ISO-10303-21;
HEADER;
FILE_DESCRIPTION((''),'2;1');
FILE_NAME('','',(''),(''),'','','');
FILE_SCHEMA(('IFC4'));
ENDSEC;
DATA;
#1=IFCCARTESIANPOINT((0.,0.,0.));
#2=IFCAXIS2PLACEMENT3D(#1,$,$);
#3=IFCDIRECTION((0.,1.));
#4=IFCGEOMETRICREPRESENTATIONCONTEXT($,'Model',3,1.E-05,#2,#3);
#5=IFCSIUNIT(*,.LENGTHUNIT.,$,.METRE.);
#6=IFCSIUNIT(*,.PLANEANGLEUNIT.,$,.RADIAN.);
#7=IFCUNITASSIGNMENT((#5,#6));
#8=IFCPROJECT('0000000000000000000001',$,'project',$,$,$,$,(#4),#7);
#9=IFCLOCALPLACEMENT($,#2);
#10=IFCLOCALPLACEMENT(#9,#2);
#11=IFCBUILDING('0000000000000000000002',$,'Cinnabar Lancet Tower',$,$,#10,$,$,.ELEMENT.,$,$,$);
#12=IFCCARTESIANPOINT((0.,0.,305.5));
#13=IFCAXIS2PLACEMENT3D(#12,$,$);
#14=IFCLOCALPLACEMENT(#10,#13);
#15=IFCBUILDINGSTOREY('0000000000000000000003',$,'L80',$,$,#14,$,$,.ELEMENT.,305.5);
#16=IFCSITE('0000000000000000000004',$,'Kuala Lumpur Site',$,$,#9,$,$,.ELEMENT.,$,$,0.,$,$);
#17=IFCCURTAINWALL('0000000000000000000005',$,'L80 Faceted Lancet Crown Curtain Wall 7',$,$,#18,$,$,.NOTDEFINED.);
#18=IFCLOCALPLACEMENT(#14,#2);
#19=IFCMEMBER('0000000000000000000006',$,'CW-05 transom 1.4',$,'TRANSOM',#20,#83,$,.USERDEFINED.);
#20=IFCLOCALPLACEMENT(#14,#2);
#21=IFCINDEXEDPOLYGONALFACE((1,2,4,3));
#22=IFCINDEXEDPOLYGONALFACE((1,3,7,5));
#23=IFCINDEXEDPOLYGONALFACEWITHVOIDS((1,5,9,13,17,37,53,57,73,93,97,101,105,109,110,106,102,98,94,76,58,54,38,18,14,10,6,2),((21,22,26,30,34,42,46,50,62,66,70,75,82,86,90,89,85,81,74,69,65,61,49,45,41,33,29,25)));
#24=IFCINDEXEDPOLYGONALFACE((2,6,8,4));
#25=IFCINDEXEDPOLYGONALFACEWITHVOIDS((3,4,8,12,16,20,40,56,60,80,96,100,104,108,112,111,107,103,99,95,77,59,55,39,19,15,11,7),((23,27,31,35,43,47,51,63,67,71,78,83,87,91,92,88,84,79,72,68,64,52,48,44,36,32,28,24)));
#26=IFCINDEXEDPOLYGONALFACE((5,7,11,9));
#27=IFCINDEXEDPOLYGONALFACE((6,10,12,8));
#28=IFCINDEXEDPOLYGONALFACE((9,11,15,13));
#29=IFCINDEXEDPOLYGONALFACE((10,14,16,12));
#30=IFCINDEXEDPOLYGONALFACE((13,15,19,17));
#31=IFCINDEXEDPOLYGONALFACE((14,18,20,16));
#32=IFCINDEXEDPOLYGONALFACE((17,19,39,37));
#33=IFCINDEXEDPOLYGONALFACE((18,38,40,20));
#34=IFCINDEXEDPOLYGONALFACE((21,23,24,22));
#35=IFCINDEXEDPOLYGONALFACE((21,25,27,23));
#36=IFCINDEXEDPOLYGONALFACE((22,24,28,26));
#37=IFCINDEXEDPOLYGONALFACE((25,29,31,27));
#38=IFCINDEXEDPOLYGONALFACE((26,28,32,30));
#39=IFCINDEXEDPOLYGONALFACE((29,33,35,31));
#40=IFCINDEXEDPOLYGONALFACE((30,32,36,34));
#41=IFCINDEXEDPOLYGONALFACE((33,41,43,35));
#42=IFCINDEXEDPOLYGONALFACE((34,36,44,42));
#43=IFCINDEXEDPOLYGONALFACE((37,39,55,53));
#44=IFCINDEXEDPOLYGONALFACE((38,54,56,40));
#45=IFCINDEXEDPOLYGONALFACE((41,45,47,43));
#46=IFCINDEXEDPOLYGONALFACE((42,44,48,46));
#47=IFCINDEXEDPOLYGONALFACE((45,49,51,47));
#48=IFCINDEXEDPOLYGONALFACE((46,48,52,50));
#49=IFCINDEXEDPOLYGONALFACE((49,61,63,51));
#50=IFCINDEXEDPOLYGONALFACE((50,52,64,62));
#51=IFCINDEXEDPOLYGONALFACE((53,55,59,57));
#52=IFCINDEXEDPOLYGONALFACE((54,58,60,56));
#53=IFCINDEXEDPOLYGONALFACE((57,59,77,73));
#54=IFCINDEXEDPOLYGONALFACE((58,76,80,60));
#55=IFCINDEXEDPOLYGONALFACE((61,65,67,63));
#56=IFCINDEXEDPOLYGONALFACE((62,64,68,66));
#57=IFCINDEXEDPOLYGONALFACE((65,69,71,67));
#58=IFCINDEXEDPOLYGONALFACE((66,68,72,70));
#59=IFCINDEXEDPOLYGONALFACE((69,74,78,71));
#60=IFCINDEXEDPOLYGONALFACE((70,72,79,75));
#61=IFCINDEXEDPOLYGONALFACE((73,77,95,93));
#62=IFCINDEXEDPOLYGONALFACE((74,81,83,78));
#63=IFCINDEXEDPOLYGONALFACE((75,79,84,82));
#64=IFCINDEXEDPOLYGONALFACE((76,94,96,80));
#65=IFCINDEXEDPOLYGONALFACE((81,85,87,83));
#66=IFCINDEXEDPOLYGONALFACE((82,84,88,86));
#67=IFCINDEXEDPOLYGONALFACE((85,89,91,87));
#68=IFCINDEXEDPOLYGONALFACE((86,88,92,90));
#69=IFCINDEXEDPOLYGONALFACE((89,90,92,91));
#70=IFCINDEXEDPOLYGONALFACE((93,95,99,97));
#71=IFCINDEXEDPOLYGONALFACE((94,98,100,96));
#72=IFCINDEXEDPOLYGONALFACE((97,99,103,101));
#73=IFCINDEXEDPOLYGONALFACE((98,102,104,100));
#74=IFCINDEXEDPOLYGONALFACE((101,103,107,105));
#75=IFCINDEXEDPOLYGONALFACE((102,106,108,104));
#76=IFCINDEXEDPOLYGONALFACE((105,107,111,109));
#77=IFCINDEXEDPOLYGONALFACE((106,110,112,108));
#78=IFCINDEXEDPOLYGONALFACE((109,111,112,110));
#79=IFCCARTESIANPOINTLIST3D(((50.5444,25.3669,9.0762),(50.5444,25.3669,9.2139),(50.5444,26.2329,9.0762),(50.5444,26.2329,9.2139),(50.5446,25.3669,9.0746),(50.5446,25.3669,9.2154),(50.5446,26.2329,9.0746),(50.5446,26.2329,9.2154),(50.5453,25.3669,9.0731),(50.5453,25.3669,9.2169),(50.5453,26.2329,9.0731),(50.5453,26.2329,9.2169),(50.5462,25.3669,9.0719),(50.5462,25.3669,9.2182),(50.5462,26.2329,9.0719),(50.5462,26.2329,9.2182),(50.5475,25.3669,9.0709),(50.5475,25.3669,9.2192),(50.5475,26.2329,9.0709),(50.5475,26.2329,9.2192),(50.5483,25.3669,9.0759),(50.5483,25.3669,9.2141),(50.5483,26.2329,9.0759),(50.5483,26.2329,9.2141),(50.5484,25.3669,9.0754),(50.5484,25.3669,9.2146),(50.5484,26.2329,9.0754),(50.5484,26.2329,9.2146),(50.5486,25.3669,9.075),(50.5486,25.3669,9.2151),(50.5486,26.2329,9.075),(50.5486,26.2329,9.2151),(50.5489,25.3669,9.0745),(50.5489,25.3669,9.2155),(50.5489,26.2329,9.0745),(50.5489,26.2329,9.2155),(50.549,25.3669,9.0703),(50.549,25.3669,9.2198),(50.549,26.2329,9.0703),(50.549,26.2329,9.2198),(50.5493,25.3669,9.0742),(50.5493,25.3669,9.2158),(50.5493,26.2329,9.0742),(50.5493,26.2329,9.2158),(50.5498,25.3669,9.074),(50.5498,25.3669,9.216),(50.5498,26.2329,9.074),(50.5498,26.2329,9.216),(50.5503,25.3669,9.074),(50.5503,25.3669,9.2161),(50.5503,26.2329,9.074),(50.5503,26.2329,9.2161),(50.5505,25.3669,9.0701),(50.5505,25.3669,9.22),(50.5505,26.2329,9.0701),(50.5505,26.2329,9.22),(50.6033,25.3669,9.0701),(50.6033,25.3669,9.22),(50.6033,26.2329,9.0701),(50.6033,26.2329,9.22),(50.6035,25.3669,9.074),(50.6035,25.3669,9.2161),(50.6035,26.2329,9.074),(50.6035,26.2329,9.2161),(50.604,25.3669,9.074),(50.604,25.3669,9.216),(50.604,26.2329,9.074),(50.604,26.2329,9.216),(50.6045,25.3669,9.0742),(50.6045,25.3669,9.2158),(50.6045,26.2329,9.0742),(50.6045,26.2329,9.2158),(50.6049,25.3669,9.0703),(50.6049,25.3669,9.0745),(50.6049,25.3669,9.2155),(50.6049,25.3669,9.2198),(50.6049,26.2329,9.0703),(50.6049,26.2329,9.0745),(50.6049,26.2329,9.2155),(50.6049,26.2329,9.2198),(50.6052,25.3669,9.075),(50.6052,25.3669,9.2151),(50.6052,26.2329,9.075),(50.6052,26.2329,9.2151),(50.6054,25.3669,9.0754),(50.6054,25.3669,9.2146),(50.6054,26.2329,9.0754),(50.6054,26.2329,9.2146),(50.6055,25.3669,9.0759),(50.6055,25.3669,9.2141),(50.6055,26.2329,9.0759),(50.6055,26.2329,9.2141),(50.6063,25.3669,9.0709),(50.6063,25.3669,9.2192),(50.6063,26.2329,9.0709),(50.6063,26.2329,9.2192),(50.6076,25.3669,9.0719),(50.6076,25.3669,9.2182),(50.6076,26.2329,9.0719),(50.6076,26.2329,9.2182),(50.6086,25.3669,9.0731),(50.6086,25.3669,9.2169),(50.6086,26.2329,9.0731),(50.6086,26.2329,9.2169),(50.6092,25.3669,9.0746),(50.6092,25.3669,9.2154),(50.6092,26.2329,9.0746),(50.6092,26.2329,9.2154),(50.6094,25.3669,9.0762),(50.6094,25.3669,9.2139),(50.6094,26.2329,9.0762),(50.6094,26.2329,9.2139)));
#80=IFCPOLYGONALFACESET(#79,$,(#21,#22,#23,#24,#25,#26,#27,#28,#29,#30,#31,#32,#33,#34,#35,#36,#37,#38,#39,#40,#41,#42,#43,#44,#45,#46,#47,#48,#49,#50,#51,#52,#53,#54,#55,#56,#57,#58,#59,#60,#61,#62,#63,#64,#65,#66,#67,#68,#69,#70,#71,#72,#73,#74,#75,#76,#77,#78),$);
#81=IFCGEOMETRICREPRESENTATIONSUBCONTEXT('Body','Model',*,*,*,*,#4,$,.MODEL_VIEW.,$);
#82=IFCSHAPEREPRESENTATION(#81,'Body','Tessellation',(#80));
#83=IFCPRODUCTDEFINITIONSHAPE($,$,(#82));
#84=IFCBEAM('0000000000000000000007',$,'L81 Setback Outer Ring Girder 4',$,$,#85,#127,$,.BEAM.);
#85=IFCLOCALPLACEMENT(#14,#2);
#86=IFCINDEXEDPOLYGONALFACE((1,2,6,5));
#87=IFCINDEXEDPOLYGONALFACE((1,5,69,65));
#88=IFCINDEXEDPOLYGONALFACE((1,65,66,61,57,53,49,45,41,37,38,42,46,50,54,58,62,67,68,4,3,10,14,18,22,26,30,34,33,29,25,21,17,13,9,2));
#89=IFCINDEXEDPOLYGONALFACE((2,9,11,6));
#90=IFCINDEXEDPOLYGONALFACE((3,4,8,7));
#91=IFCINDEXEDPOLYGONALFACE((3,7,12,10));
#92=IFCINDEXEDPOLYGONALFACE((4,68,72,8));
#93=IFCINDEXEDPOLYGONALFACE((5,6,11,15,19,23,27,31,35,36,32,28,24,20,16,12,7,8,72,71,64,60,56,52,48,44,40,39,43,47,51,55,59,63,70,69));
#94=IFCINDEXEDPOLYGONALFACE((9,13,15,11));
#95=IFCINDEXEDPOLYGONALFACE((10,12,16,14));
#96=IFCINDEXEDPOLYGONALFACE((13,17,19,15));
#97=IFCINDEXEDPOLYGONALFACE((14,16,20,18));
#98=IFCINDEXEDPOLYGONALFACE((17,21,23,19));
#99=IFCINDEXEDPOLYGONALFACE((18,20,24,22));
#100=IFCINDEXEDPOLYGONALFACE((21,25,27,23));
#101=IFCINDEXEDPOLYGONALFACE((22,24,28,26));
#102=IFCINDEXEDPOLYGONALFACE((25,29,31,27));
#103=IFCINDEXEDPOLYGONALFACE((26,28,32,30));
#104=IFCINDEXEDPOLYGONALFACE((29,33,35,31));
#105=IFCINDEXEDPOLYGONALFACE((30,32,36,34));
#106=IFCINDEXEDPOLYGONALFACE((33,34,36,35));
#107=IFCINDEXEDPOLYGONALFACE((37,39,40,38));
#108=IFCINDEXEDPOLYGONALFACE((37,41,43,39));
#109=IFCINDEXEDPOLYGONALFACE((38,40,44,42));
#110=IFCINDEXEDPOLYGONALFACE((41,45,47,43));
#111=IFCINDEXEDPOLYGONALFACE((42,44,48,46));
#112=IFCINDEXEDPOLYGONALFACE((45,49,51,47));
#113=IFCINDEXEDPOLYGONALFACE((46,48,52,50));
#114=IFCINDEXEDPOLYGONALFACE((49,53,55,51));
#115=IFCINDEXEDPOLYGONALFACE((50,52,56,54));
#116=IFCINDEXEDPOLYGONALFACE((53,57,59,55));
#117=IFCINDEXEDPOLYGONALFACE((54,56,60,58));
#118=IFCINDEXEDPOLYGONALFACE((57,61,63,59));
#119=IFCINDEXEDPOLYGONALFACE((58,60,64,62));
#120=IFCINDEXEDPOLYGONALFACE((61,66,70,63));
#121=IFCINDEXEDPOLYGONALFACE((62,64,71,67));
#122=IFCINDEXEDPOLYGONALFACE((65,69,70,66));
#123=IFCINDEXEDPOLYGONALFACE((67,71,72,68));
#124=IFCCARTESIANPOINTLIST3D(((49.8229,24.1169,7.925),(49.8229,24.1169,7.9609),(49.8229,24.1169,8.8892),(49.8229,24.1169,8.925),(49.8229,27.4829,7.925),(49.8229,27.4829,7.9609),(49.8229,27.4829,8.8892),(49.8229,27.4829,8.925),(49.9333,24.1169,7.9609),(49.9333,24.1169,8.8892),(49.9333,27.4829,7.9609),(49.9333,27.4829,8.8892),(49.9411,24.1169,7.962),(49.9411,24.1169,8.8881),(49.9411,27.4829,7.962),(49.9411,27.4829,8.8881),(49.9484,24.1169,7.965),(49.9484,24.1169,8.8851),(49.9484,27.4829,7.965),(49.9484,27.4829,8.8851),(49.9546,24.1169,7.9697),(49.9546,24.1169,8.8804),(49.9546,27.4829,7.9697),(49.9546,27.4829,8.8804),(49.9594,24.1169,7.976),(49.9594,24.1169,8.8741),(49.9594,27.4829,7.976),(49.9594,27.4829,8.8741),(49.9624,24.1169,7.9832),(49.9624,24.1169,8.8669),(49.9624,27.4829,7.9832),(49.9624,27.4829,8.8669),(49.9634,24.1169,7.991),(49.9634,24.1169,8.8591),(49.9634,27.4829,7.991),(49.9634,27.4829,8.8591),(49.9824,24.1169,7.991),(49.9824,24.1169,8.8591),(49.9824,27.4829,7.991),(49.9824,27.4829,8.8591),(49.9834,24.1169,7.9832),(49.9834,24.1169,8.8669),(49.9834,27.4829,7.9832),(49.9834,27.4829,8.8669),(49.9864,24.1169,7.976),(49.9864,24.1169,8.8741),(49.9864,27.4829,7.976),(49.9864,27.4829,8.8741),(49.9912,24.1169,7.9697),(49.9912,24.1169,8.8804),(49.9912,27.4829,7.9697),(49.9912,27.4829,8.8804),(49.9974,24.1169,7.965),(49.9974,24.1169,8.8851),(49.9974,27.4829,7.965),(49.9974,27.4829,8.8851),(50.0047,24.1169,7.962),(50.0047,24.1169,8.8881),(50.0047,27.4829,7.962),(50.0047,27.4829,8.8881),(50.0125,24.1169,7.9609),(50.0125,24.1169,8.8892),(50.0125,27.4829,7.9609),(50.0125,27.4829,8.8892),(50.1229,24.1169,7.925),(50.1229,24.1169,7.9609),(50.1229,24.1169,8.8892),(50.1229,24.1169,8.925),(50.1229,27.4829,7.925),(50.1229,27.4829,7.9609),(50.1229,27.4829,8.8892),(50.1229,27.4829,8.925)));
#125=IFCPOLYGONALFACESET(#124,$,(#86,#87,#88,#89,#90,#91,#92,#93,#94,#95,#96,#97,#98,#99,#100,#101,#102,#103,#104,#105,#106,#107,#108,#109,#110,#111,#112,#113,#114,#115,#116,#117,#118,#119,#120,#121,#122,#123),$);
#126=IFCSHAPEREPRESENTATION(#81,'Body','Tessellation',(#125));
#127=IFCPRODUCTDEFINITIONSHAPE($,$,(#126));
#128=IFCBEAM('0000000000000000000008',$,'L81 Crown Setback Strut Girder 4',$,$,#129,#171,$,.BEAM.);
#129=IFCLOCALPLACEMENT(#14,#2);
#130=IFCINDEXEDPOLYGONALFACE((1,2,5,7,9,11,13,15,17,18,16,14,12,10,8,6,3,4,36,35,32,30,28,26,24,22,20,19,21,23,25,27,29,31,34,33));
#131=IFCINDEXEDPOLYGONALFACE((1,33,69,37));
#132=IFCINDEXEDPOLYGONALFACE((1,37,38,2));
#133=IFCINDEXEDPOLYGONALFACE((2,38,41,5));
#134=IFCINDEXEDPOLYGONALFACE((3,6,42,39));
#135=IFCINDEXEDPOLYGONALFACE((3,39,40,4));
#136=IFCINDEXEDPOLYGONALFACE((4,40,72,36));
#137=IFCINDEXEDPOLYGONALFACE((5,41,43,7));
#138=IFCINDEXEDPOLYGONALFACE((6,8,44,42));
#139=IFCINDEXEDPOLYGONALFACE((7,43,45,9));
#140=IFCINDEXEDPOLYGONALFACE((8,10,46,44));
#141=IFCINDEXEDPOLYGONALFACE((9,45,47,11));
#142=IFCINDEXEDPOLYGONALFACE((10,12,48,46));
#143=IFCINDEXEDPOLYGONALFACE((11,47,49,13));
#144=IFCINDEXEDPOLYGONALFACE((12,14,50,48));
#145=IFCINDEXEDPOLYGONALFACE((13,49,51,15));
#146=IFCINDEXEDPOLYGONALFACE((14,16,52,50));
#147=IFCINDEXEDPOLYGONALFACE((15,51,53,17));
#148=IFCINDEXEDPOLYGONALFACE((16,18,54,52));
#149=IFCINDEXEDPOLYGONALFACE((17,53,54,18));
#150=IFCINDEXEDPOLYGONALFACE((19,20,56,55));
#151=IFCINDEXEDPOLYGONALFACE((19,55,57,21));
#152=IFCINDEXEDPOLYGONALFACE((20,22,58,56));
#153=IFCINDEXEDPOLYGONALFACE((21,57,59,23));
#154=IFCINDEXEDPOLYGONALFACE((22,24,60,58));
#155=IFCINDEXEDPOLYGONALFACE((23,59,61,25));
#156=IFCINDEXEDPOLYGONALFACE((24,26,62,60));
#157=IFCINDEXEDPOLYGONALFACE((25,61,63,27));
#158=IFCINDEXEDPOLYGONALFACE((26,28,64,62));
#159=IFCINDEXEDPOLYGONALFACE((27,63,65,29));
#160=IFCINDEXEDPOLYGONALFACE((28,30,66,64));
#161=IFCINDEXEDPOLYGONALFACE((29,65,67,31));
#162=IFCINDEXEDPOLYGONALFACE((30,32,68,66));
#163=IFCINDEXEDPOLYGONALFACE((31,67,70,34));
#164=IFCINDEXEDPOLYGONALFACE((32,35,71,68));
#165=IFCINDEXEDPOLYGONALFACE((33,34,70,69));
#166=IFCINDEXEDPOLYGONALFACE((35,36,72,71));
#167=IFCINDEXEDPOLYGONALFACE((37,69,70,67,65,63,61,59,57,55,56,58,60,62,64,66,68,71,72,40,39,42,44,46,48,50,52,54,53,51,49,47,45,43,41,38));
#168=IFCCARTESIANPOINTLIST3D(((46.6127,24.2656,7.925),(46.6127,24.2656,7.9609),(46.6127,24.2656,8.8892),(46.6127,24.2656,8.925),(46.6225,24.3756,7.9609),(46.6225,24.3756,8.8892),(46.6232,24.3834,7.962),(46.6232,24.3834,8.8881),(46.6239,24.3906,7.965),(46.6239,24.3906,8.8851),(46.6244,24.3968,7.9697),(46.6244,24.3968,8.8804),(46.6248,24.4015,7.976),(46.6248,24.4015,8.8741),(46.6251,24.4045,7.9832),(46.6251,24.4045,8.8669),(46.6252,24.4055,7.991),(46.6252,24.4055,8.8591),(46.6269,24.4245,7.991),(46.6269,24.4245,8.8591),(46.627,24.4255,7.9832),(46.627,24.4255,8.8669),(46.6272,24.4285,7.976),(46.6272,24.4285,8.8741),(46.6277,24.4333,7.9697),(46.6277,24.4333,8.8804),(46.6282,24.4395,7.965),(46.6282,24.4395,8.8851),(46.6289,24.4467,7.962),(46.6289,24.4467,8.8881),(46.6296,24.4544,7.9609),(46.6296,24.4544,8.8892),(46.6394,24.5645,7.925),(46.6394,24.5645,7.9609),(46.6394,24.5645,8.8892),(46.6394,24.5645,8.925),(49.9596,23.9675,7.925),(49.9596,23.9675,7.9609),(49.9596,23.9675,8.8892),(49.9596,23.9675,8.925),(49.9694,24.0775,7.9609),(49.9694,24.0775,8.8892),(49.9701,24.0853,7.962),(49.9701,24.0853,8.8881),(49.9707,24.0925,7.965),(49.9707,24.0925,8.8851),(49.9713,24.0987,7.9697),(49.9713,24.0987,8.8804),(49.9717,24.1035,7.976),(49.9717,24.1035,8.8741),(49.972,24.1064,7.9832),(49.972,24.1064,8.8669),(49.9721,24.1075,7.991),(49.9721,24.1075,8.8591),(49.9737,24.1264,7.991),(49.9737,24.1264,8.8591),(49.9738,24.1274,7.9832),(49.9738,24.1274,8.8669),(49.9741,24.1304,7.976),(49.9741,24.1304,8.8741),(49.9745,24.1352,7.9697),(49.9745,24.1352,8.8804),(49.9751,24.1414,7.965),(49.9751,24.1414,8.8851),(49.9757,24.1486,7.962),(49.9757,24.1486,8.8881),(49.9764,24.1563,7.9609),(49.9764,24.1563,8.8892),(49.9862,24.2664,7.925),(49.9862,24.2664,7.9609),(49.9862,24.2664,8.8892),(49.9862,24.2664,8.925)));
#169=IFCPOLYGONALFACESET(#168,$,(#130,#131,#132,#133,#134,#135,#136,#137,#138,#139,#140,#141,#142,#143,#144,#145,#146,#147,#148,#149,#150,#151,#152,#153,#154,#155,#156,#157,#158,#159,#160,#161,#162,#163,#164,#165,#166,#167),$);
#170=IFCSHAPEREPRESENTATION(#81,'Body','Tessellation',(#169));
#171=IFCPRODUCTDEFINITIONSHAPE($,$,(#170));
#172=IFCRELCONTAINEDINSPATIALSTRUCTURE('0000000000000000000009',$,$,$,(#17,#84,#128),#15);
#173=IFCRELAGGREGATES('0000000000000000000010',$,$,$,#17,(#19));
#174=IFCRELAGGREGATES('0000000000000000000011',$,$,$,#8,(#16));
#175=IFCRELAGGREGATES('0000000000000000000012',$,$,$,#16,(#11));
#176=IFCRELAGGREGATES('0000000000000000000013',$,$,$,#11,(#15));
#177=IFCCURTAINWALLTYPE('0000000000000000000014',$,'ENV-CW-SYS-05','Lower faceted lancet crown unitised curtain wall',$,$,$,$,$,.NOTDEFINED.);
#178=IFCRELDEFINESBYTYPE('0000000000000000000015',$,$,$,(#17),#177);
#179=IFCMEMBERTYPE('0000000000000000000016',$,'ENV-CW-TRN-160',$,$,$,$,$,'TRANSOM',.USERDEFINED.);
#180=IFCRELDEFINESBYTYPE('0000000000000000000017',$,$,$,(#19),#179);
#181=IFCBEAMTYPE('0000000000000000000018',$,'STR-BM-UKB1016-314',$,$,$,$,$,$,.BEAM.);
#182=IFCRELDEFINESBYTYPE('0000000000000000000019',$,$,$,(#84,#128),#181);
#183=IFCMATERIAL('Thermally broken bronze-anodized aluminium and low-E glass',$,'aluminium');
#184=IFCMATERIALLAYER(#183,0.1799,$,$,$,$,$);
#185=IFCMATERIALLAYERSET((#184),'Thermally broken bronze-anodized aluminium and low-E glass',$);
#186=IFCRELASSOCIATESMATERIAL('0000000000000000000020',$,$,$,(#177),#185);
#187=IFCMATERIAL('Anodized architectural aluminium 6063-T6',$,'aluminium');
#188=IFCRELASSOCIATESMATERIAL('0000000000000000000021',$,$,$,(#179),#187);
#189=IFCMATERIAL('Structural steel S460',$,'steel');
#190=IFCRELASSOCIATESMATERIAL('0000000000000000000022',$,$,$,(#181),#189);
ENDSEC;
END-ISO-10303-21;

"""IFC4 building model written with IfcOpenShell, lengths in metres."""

from ifc_helpers import new_model, si_unit, direction, frame, origin, origin_2d, place, context, subcontext, project, spatial, hollow_rectangle, i_section, extrude, material, layer, layer_set, material_profile, profile_set, type_object, element, aggregate, save


model = new_model("IFC4")

# Units and contexts
model_context = context("Model", 3, precision=1e-05, world=origin(), true_north=direction((0.0, 1.0)))
body_context = subcontext(model_context, "Body", "Model", "MODEL_VIEW")
ifc_project = project(units=[si_unit("LENGTHUNIT", "METRE"), si_unit("PLANEANGLEUNIT", "RADIAN")], contexts=[model_context])

# Site, building, storey
site_placement = place(None, origin())
site = spatial("IfcSite", under=ifc_project, at=site_placement, Name="Kuala Lumpur Site", CompositionType="ELEMENT", RefElevation=0.0)
building_placement = place(site_placement, origin())
building = spatial("IfcBuilding", under=site, at=building_placement, Name="Cinnabar Lancet Tower", CompositionType="ELEMENT")
storey_placement = place(building_placement, frame((0.0, 0.0, 305.5)))
storey = spatial("IfcBuildingStorey", under=building, at=storey_placement, Name="L80", CompositionType="ELEMENT", Elevation=305.5)

# Shared definitions
ifc_material_1 = material(Name="Thermally broken bronze-anodized aluminium and low-E glass", Category="aluminium")
ifc_layer_1 = layer(ifc_material_1, 0.1799)
ifc_layer_set_1 = layer_set([ifc_layer_1], Name="Thermally broken bronze-anodized aluminium and low-E glass")
curtain_wall_type = type_object("IfcCurtainWallType", Name="ENV-CW-SYS-05", Description="Lower faceted lancet crown unitised curtain wall", PredefinedType="NOTDEFINED", material=ifc_layer_set_1)

# Curtain wall
curtain_wall_1_placement = place(storey_placement, origin())
curtain_wall_1 = element("IfcCurtainWall", 1, at=curtain_wall_1_placement, inside=storey, type_object=curtain_wall_type, Name="L80 Faceted Lancet Crown Curtain Wall 7", PredefinedType="NOTDEFINED")

# Member
ifc_material_2 = material(Name="Anodized architectural aluminium 6063-T6", Category="aluminium")
ifc_material_profile_1 = material_profile(ifc_material_2, hollow_rectangle(XDim=0.0649, YDim=0.1499, WallThickness=0.0039, InnerFilletRadius=0.002, OuterFilletRadius=0.0061, at=origin_2d()), Name="CW-TRN 150x65x4")
ifc_profile_set_1 = profile_set([ifc_material_profile_1], Name="Anodized architectural aluminium 6063-T6")
member_type_1 = type_object("IfcMemberType", Name="ENV-CW-TRN-160", ElementType="TRANSOM", PredefinedType="USERDEFINED", material=ifc_profile_set_1)
member_1_placement = place(storey_placement, frame((50.5769, 25.3669, 9.145), z_axis=(0.0, 1.0, 0.0), x_axis=(-1.0, 0.0, 0.0)))
member_1 = element("IfcMember", 2, at=member_1_placement, type_object=member_type_1, Name="CW-05 transom 1.4", ObjectType="TRANSOM", PredefinedType="USERDEFINED", context=body_context, shape_type="SweptSolid", body=[
    extrude(hollow_rectangle(XDim=0.0649, YDim=0.1499, WallThickness=0.0039, InnerFilletRadius=0.002, OuterFilletRadius=0.0061, at=origin_2d()), origin(), (0.0, 0.0, 1.0), 0.866),
])

# Beams
ifc_material_3 = material(Name="Structural steel S460", Category="steel")
ifc_material_profile_2 = material_profile(ifc_material_3, i_section(OverallWidth=0.3, OverallDepth=1.0, WebThickness=0.019, FlangeThickness=0.0359, FilletRadius=0.03, at=origin_2d()), Name="UKB 1016x305x314")
ifc_profile_set_2 = profile_set([ifc_material_profile_2], Name="Structural steel S460")
beam_type = type_object("IfcBeamType", Name="STR-BM-UKB1016-314", PredefinedType="BEAM", material=ifc_profile_set_2)
beam_1_placement = place(storey_placement, frame((49.9729, 24.1169, 8.425), z_axis=(0.0, 1.0, 0.0), x_axis=(-1.0, 0.0, 0.0)))
element("IfcBeam", 3, at=beam_1_placement, inside=storey, type_object=beam_type, Name="L81 Setback Outer Ring Girder 4", PredefinedType="BEAM", context=body_context, shape_type="SweptSolid", body=[
    extrude(i_section(OverallWidth=0.3, OverallDepth=1.0, WebThickness=0.019, FlangeThickness=0.0359, FilletRadius=0.03, at=origin_2d()), origin(), (0.0, 0.0, 1.0), 3.366),
])
beam_2_placement = place(storey_placement, frame((49.9729, 24.1169, 8.425), z_axis=(-0.996057, 0.088714, 0.0), x_axis=(-0.088714, -0.996057, 0.0)))
element("IfcBeam", 4, at=beam_2_placement, inside=storey, type_object=beam_type, Name="L81 Crown Setback Strut Girder 4", PredefinedType="BEAM", context=body_context, shape_type="SweptSolid", body=[
    extrude(i_section(OverallWidth=0.3, OverallDepth=1.0, WebThickness=0.019, FlangeThickness=0.0359, FilletRadius=0.03, at=origin_2d()), origin(), (0.0, 0.0, 1.0), 3.3601),
])

aggregate(curtain_wall_1, [member_1])

save(model, "model.ifc")
